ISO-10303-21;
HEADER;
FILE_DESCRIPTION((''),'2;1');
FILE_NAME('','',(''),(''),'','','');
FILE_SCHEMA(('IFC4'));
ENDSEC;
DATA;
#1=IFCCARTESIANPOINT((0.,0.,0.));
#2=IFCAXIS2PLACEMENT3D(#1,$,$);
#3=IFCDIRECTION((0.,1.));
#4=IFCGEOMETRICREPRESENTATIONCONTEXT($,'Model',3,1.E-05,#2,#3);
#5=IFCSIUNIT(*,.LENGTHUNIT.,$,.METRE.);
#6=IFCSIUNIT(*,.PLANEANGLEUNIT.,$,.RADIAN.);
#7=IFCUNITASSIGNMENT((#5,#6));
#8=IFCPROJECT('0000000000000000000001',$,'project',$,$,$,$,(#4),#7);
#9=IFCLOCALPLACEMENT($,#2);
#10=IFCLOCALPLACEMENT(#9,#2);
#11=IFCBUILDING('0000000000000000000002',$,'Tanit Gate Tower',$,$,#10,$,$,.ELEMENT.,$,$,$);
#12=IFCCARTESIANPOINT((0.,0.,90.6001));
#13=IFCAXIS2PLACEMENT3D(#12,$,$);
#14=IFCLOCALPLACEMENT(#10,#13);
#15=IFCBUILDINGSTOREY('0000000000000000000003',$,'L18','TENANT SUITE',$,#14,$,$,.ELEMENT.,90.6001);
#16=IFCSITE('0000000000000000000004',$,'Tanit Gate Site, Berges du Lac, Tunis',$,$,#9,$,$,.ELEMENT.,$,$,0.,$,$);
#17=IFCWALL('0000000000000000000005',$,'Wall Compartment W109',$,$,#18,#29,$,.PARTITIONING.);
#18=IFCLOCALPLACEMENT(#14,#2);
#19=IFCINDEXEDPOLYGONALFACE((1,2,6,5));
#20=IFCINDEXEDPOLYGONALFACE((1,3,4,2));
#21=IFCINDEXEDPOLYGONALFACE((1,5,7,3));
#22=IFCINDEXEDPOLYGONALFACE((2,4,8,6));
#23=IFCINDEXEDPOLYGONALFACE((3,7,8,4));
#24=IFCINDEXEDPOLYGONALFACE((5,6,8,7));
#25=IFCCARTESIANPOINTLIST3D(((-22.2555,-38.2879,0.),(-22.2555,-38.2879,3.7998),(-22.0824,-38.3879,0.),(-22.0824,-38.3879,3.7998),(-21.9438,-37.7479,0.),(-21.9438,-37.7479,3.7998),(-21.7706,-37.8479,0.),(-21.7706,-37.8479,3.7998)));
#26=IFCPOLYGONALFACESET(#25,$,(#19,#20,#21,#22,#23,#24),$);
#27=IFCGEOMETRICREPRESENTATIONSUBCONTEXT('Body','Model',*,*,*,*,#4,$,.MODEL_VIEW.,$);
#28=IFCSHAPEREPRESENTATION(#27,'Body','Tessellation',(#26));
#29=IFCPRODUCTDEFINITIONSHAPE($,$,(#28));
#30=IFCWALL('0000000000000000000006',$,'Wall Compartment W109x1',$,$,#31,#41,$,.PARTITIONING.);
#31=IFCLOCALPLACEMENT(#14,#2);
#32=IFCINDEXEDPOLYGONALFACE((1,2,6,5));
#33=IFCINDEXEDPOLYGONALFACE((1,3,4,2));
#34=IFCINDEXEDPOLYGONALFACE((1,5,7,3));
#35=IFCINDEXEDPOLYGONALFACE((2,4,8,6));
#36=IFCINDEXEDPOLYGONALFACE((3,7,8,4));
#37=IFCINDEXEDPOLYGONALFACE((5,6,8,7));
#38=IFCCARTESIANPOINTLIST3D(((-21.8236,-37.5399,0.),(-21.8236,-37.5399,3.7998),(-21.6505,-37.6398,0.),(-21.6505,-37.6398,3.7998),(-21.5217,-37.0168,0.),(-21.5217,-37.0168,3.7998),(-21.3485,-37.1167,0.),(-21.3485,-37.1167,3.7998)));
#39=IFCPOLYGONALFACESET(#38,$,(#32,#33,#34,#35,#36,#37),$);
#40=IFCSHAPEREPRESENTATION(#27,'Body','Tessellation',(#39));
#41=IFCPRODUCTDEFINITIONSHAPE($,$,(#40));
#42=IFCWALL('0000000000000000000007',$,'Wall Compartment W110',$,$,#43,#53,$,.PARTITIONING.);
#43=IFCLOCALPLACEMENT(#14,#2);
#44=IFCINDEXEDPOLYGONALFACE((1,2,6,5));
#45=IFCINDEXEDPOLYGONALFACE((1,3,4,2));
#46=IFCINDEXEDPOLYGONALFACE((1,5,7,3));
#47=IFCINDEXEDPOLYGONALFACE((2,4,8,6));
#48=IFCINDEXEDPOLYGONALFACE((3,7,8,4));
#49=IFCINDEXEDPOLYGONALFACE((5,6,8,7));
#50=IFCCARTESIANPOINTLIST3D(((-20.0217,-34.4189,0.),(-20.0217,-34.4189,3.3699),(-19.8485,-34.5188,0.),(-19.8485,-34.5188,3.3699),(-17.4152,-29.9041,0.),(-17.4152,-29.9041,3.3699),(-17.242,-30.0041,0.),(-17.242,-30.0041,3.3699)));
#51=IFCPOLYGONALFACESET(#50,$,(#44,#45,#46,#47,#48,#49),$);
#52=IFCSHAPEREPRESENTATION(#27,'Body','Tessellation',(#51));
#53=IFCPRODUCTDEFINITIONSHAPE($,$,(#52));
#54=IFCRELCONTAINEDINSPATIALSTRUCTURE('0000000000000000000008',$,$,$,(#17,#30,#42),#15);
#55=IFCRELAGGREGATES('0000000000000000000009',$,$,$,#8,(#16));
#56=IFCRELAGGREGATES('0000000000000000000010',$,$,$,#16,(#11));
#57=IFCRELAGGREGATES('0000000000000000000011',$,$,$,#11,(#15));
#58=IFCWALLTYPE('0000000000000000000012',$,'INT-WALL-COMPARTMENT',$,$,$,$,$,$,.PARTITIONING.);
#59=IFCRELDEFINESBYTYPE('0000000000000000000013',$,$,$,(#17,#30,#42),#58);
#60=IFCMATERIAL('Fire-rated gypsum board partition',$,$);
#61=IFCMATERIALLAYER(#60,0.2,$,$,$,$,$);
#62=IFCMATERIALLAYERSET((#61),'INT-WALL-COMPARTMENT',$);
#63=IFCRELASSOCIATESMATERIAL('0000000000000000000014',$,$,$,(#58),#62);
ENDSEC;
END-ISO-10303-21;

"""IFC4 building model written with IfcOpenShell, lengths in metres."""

from ifc_helpers import new_model, si_unit, direction, frame, frame_2d, origin, place, context, subcontext, project, spatial, rectangle, extrude, material, layer, layer_set, type_object, element, save


model = new_model("IFC4")

# Units and contexts
model_context = context("Model", 3, precision=1e-05, world=origin(), true_north=direction((0.0, 1.0)))
body_context = subcontext(model_context, "Body", "Model", "MODEL_VIEW")
ifc_project = project(units=[si_unit("LENGTHUNIT", "METRE"), si_unit("PLANEANGLEUNIT", "RADIAN")], contexts=[model_context])

# Site, building, storey
site_placement = place(None, origin())
site = spatial("IfcSite", under=ifc_project, at=site_placement, Name="Tanit Gate Site, Berges du Lac, Tunis", CompositionType="ELEMENT", RefElevation=0.0)
building_placement = place(site_placement, origin())
building = spatial("IfcBuilding", under=site, at=building_placement, Name="Tanit Gate Tower", CompositionType="ELEMENT")
storey_placement = place(building_placement, frame((0.0, 0.0, 90.6001)))
storey = spatial("IfcBuildingStorey", under=building, at=storey_placement, Name="L18", Description="TENANT SUITE", CompositionType="ELEMENT", Elevation=90.6001)

# Walls
ifc_material_1 = material(Name="Fire-rated gypsum board partition")
ifc_layer_1 = layer(ifc_material_1, 0.2)
ifc_layer_set_1 = layer_set([ifc_layer_1], Name="INT-WALL-COMPARTMENT")
wall_type_1 = type_object("IfcWallType", Name="INT-WALL-COMPARTMENT", PredefinedType="PARTITIONING", material=ifc_layer_set_1)
wall_1_placement = place(storey_placement, frame((-22.1689, -38.3379, 0.0), z_axis=(0.0, 0.0, 1.0), x_axis=(0.499971, 0.866042, 0.0)))
element("IfcWall", 1, at=wall_1_placement, inside=storey, type_object=wall_type_1, Name="Wall Compartment W109", PredefinedType="PARTITIONING", context=body_context, shape_type="SweptSolid", body=[
    extrude(rectangle(XDim=0.6235, YDim=0.2, at=frame_2d((0.3118, 0.0))), origin(), (0.0, 0.0, 1.0), 3.7998),
])
wall_2_placement = place(storey_placement, frame((-21.7371, -37.5898, 0.0), z_axis=(0.0, 0.0, 1.0), x_axis=(0.499921, 0.866071, 0.0)))
element("IfcWall", 2, at=wall_2_placement, inside=storey, type_object=wall_type_1, Name="Wall Compartment W109x1", PredefinedType="PARTITIONING", context=body_context, shape_type="SweptSolid", body=[
    extrude(rectangle(XDim=0.604, YDim=0.2, at=frame_2d((0.302, 0.0))), origin(), (0.0, 0.0, 1.0), 3.7998),
])
wall_3_placement = place(storey_placement, frame((-19.9351, -34.4688, 0.0), z_axis=(0.0, 0.0, 1.0), x_axis=(0.499987, 0.866033, 0.0)))
element("IfcWall", 3, at=wall_3_placement, inside=storey, type_object=wall_type_1, Name="Wall Compartment W110", PredefinedType="PARTITIONING", context=body_context, shape_type="SweptSolid", body=[
    extrude(rectangle(XDim=5.2131, YDim=0.2, at=frame_2d((2.6064, 0.0))), origin(), (0.0, 0.0, 1.0), 3.3699),
])

save(model, "model.ifc")
